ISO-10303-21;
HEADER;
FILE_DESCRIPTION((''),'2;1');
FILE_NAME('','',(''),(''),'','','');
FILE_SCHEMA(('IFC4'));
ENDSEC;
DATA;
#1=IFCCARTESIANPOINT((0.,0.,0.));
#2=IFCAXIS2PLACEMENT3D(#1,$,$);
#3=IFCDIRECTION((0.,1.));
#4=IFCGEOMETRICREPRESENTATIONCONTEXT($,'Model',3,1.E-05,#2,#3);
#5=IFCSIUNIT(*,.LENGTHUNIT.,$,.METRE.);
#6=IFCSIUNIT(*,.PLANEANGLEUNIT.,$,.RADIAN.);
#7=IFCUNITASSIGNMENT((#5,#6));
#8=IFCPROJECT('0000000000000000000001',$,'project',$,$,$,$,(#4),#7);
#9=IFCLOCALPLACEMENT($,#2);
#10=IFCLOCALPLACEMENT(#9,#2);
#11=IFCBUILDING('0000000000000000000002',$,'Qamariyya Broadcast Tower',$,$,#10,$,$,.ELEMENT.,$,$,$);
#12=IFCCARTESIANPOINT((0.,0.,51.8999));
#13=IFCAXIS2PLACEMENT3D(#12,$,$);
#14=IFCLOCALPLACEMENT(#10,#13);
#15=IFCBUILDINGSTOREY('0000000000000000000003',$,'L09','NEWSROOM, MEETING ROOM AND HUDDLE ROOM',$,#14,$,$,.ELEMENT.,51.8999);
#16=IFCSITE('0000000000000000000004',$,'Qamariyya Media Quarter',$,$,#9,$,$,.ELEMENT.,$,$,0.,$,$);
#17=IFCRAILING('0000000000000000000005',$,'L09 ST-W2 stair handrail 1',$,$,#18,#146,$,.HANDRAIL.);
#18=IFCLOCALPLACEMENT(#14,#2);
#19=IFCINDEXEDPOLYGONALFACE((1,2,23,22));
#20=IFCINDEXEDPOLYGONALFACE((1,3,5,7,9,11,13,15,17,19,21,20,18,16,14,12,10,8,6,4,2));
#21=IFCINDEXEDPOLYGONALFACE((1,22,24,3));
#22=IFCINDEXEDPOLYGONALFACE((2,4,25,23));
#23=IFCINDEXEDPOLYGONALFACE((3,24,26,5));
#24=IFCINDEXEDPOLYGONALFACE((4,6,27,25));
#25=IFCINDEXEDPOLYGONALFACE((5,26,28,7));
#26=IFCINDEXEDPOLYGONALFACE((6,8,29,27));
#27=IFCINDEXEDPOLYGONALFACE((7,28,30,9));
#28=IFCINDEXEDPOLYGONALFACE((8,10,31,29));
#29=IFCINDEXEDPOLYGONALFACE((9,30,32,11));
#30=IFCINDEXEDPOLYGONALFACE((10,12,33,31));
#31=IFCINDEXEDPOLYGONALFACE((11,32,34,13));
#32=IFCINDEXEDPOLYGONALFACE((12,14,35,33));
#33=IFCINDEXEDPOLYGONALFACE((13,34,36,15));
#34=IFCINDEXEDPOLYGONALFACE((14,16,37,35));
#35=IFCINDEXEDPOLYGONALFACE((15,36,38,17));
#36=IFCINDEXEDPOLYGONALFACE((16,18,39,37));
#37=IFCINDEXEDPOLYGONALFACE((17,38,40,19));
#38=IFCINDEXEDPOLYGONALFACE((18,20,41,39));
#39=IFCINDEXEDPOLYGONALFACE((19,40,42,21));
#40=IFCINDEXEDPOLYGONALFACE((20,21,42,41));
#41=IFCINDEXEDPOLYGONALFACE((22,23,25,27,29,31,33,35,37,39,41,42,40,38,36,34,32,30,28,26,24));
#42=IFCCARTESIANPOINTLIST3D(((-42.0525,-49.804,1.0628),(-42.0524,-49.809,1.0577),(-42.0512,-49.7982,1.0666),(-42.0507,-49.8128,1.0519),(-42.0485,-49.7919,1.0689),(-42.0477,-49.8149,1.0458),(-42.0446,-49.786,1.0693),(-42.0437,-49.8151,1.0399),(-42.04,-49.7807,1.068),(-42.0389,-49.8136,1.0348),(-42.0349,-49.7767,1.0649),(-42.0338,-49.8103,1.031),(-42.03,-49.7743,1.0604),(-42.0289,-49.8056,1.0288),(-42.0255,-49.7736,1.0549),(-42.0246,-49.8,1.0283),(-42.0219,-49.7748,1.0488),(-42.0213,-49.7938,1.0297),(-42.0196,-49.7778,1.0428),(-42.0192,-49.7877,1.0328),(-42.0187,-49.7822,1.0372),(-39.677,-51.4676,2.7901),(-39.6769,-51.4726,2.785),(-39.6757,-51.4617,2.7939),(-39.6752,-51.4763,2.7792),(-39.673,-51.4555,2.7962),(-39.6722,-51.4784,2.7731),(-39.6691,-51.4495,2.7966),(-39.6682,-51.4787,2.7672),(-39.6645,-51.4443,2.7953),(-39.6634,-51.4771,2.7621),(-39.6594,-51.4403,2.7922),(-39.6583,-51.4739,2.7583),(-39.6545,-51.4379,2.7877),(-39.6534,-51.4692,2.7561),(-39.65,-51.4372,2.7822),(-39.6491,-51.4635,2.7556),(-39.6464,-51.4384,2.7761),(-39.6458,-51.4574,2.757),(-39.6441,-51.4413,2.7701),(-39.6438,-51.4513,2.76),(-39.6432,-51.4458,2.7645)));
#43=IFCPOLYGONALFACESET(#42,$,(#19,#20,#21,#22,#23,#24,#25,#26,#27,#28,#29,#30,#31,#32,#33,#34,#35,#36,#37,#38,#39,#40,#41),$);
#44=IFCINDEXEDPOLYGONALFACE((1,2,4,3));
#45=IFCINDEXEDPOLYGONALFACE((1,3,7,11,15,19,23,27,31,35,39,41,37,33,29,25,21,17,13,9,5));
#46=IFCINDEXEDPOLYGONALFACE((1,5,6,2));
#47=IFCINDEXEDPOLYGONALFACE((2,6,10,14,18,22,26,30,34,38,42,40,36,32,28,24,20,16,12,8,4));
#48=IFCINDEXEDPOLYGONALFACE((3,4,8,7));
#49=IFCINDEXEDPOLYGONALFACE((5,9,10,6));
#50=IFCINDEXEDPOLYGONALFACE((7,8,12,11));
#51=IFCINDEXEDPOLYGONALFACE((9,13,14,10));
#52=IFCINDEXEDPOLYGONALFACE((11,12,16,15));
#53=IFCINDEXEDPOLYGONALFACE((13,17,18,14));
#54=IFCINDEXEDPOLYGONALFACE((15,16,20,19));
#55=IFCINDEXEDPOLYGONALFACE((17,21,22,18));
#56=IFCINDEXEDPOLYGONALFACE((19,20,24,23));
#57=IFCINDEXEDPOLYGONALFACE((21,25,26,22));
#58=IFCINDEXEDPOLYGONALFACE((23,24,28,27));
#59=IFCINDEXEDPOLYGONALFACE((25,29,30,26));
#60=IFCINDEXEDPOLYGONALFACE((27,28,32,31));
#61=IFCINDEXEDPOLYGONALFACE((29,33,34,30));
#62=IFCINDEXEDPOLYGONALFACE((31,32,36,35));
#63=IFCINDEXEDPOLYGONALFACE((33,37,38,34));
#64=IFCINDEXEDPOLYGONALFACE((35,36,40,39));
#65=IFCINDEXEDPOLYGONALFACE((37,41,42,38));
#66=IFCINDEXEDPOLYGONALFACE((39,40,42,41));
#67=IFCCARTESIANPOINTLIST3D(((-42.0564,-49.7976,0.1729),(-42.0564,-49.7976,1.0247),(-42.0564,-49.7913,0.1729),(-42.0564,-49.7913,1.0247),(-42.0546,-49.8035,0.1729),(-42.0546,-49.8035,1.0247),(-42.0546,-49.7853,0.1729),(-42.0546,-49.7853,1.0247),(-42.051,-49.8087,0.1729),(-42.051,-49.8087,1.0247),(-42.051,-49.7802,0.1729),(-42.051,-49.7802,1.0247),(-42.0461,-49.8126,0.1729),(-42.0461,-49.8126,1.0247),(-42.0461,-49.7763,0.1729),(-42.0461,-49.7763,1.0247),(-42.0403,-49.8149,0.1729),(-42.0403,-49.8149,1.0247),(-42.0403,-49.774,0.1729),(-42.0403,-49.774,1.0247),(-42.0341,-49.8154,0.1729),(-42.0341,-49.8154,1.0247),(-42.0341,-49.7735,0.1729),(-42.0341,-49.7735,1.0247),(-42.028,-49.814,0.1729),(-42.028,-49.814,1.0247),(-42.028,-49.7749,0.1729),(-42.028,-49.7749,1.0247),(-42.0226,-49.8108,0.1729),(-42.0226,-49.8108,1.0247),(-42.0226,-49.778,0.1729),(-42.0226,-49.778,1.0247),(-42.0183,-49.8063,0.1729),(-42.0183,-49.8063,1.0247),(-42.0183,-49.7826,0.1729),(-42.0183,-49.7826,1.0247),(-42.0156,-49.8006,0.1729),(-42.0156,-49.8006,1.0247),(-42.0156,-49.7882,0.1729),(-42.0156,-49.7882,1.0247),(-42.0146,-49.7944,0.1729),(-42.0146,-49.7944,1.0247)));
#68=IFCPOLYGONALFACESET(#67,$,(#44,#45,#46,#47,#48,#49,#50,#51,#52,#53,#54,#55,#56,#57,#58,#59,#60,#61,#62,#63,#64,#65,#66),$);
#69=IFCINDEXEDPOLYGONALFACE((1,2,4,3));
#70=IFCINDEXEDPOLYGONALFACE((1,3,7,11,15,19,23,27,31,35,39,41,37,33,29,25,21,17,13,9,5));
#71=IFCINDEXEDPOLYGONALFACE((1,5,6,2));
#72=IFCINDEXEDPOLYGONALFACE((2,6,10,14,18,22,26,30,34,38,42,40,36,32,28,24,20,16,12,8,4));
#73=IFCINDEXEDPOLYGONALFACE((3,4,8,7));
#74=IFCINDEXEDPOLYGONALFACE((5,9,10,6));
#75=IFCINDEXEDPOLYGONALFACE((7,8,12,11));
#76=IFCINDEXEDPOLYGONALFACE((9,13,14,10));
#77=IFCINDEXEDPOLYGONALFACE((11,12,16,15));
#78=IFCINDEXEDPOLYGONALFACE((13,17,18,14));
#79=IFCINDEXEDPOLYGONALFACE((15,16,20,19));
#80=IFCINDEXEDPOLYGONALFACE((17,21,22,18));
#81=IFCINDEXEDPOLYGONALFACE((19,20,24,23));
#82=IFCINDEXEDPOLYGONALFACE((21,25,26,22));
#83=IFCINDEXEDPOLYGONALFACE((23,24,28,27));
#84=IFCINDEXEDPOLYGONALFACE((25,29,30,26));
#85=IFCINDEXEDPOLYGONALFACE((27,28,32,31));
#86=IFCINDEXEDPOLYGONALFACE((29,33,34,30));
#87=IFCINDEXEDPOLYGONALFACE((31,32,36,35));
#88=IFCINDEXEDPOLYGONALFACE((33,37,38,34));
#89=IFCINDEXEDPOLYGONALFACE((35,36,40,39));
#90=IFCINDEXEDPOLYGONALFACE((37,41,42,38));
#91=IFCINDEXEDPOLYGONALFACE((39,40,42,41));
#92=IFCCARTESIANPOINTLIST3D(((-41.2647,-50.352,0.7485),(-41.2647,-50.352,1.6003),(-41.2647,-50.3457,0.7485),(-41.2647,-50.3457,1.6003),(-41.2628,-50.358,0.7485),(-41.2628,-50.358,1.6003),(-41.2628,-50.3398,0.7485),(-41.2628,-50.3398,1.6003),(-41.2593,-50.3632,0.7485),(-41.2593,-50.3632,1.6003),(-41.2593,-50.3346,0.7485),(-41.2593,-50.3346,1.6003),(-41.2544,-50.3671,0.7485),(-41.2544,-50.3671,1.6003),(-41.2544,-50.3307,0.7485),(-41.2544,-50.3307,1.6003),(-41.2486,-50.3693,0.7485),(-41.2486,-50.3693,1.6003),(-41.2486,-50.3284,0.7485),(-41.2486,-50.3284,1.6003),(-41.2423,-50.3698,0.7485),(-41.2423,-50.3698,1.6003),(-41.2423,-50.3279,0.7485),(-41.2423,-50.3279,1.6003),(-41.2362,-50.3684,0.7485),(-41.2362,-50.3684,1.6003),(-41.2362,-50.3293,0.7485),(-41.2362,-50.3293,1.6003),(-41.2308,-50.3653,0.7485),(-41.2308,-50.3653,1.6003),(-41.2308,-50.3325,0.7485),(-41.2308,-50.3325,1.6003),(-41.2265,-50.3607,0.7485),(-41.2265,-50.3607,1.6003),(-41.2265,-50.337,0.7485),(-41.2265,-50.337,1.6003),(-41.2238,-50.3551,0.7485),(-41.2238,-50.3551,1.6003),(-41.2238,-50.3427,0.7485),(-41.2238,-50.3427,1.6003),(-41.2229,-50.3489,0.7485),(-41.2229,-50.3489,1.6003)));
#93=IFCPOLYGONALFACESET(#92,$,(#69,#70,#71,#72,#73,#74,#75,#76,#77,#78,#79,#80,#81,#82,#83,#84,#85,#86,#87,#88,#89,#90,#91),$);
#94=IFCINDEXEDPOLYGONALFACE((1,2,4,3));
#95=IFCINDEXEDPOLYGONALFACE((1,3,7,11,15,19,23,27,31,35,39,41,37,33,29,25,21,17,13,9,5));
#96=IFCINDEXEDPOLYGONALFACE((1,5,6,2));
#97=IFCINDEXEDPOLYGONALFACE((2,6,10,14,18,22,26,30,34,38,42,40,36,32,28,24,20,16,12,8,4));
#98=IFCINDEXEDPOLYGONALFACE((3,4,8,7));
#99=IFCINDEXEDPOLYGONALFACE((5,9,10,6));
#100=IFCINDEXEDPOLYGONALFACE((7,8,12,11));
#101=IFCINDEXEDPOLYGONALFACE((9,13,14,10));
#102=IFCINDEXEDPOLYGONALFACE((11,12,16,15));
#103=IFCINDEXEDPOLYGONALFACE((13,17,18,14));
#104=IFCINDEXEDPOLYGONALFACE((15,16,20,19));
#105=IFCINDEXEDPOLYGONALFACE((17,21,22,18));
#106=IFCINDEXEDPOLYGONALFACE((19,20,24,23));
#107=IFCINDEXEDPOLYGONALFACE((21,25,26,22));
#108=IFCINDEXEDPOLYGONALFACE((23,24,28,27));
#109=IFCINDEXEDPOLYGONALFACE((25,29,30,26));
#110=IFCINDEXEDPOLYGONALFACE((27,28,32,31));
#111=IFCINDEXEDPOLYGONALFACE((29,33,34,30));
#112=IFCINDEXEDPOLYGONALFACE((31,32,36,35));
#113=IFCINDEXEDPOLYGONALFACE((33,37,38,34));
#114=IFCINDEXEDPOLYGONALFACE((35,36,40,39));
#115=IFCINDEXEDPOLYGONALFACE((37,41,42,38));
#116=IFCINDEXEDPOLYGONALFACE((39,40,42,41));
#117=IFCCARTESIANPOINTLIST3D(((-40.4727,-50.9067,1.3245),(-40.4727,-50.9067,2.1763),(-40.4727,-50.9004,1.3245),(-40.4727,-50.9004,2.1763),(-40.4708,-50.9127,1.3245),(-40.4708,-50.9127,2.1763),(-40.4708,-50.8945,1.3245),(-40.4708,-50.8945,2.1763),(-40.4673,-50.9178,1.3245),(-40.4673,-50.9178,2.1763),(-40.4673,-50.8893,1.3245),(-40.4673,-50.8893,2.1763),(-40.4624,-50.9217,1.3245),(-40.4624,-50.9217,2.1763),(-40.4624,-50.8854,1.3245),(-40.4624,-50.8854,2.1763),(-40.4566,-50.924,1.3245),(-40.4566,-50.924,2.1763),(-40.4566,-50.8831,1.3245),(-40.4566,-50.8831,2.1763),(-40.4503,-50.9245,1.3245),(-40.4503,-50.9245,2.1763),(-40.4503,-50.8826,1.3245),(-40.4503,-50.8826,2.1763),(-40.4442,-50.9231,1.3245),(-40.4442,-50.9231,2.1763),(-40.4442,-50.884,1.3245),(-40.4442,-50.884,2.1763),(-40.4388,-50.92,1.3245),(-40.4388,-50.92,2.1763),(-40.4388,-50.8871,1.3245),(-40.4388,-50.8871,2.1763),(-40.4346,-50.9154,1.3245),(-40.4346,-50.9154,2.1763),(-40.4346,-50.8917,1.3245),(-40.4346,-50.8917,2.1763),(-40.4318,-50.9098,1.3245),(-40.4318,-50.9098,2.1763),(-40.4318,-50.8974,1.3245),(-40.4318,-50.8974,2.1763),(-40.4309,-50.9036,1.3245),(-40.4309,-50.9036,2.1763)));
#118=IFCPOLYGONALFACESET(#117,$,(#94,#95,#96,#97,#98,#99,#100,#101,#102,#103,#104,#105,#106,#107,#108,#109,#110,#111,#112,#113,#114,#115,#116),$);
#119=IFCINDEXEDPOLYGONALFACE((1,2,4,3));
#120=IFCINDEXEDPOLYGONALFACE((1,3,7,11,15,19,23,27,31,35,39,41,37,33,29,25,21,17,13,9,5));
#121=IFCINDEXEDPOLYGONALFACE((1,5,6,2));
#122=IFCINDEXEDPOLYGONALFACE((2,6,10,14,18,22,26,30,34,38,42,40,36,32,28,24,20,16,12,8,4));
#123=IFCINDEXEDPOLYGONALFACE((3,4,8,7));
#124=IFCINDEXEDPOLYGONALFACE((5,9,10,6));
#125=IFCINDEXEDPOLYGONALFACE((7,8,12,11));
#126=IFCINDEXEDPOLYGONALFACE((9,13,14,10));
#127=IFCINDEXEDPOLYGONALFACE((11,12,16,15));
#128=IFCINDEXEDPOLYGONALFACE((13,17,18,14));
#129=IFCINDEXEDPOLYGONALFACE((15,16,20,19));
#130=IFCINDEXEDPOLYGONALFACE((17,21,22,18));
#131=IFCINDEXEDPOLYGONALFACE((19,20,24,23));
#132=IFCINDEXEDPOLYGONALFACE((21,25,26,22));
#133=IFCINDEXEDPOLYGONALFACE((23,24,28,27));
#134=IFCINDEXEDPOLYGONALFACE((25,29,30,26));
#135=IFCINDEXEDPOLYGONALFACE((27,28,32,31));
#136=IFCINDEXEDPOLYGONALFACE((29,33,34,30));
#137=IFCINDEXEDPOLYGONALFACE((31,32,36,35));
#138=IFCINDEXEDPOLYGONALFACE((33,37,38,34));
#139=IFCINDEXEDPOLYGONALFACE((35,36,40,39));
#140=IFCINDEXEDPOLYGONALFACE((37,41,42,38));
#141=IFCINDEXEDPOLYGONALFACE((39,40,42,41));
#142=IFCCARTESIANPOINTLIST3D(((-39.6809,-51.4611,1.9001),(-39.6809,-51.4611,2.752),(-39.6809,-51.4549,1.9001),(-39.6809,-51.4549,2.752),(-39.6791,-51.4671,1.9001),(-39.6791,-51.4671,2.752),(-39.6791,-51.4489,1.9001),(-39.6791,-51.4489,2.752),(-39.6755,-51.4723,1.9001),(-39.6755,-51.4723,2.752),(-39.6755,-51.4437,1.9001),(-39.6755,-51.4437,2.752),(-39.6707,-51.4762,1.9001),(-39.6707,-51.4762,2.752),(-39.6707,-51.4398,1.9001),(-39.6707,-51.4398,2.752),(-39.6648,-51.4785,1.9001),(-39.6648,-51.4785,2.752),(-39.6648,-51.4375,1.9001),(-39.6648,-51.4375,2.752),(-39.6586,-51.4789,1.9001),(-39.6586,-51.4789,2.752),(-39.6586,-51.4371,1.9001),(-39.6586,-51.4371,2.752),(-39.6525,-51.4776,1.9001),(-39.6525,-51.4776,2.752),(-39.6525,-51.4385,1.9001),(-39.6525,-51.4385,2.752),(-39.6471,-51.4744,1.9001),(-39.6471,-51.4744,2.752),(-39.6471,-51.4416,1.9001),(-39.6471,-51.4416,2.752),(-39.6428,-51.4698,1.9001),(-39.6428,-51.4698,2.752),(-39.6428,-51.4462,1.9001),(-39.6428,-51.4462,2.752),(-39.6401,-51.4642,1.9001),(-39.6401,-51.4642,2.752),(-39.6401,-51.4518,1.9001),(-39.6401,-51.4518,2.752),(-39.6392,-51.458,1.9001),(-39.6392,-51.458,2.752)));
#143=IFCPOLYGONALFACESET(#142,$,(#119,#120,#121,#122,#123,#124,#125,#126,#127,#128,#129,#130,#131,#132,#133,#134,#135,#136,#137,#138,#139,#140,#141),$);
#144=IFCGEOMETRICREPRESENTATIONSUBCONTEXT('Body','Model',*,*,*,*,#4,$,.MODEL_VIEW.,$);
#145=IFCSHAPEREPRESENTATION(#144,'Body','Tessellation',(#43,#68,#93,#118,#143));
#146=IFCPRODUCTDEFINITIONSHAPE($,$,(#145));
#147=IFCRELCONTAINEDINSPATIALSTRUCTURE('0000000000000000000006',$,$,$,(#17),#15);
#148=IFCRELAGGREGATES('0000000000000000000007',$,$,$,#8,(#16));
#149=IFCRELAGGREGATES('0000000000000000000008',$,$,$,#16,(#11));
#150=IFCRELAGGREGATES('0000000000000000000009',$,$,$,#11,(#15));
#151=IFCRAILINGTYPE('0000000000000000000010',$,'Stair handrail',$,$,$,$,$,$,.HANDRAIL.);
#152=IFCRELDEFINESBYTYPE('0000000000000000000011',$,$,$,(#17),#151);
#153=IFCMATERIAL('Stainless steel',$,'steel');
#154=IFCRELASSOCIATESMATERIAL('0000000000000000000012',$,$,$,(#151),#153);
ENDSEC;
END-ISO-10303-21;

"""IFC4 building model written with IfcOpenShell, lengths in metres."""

from ifc_helpers import new_model, si_unit, direction, frame, origin, origin_2d, place, context, subcontext, project, spatial, circle, extrude, material, type_object, element, save


model = new_model("IFC4")

# Units and contexts
model_context = context("Model", 3, precision=1e-05, world=origin(), true_north=direction((0.0, 1.0)))
body_context = subcontext(model_context, "Body", "Model", "MODEL_VIEW")
ifc_project = project(units=[si_unit("LENGTHUNIT", "METRE"), si_unit("PLANEANGLEUNIT", "RADIAN")], contexts=[model_context])

# Site, building, storey
site_placement = place(None, origin())
site = spatial("IfcSite", under=ifc_project, at=site_placement, Name="Qamariyya Media Quarter", CompositionType="ELEMENT", RefElevation=0.0)
building_placement = place(site_placement, origin())
building = spatial("IfcBuilding", under=site, at=building_placement, Name="Qamariyya Broadcast Tower", CompositionType="ELEMENT")
storey_placement = place(building_placement, frame((0.0, 0.0, 51.8999)))
storey = spatial("IfcBuildingStorey", under=building, at=storey_placement, Name="L09", Description="NEWSROOM, MEETING ROOM AND HUDDLE ROOM", CompositionType="ELEMENT", Elevation=51.8999)

# Railing
ifc_material_1 = material(Name="Stainless steel", Category="steel")
railing_type_1 = type_object("IfcRailingType", Name="Stair handrail", PredefinedType="HANDRAIL", material=ifc_material_1)
railing_1_placement = place(storey_placement, frame((-42.0356, -49.7944, 0.1729)))
element("IfcRailing", 1, at=railing_1_placement, inside=storey, type_object=railing_type_1, Name="L09 ST-W2 stair handrail 1", PredefinedType="HANDRAIL", context=body_context, shape_type="SweptSolid", body=[
    extrude(circle(Radius=0.0239, at=origin_2d()), frame((0.0, 0.0, 0.876), z_axis=(0.703745, -0.492838, 0.511716), x_axis=(0.573632, 0.819113, 0.0)), (0.0, 0.0, 1.0), 3.3755),
    extrude(circle(Radius=0.021, at=origin_2d()), origin(), (0.0, 0.0, 1.0), 0.8518),
    extrude(circle(Radius=0.021, at=origin_2d()), frame((0.7917, -0.5544, 0.5757)), (0.0, 0.0, 1.0), 0.8518),
    extrude(circle(Radius=0.021, at=origin_2d()), frame((1.5837, -1.1091, 1.1516)), (0.0, 0.0, 1.0), 0.8518),
    extrude(circle(Radius=0.021, at=origin_2d()), frame((2.3755, -1.6636, 1.7273)), (0.0, 0.0, 1.0), 0.8518),
])

save(model, "model.ifc")
